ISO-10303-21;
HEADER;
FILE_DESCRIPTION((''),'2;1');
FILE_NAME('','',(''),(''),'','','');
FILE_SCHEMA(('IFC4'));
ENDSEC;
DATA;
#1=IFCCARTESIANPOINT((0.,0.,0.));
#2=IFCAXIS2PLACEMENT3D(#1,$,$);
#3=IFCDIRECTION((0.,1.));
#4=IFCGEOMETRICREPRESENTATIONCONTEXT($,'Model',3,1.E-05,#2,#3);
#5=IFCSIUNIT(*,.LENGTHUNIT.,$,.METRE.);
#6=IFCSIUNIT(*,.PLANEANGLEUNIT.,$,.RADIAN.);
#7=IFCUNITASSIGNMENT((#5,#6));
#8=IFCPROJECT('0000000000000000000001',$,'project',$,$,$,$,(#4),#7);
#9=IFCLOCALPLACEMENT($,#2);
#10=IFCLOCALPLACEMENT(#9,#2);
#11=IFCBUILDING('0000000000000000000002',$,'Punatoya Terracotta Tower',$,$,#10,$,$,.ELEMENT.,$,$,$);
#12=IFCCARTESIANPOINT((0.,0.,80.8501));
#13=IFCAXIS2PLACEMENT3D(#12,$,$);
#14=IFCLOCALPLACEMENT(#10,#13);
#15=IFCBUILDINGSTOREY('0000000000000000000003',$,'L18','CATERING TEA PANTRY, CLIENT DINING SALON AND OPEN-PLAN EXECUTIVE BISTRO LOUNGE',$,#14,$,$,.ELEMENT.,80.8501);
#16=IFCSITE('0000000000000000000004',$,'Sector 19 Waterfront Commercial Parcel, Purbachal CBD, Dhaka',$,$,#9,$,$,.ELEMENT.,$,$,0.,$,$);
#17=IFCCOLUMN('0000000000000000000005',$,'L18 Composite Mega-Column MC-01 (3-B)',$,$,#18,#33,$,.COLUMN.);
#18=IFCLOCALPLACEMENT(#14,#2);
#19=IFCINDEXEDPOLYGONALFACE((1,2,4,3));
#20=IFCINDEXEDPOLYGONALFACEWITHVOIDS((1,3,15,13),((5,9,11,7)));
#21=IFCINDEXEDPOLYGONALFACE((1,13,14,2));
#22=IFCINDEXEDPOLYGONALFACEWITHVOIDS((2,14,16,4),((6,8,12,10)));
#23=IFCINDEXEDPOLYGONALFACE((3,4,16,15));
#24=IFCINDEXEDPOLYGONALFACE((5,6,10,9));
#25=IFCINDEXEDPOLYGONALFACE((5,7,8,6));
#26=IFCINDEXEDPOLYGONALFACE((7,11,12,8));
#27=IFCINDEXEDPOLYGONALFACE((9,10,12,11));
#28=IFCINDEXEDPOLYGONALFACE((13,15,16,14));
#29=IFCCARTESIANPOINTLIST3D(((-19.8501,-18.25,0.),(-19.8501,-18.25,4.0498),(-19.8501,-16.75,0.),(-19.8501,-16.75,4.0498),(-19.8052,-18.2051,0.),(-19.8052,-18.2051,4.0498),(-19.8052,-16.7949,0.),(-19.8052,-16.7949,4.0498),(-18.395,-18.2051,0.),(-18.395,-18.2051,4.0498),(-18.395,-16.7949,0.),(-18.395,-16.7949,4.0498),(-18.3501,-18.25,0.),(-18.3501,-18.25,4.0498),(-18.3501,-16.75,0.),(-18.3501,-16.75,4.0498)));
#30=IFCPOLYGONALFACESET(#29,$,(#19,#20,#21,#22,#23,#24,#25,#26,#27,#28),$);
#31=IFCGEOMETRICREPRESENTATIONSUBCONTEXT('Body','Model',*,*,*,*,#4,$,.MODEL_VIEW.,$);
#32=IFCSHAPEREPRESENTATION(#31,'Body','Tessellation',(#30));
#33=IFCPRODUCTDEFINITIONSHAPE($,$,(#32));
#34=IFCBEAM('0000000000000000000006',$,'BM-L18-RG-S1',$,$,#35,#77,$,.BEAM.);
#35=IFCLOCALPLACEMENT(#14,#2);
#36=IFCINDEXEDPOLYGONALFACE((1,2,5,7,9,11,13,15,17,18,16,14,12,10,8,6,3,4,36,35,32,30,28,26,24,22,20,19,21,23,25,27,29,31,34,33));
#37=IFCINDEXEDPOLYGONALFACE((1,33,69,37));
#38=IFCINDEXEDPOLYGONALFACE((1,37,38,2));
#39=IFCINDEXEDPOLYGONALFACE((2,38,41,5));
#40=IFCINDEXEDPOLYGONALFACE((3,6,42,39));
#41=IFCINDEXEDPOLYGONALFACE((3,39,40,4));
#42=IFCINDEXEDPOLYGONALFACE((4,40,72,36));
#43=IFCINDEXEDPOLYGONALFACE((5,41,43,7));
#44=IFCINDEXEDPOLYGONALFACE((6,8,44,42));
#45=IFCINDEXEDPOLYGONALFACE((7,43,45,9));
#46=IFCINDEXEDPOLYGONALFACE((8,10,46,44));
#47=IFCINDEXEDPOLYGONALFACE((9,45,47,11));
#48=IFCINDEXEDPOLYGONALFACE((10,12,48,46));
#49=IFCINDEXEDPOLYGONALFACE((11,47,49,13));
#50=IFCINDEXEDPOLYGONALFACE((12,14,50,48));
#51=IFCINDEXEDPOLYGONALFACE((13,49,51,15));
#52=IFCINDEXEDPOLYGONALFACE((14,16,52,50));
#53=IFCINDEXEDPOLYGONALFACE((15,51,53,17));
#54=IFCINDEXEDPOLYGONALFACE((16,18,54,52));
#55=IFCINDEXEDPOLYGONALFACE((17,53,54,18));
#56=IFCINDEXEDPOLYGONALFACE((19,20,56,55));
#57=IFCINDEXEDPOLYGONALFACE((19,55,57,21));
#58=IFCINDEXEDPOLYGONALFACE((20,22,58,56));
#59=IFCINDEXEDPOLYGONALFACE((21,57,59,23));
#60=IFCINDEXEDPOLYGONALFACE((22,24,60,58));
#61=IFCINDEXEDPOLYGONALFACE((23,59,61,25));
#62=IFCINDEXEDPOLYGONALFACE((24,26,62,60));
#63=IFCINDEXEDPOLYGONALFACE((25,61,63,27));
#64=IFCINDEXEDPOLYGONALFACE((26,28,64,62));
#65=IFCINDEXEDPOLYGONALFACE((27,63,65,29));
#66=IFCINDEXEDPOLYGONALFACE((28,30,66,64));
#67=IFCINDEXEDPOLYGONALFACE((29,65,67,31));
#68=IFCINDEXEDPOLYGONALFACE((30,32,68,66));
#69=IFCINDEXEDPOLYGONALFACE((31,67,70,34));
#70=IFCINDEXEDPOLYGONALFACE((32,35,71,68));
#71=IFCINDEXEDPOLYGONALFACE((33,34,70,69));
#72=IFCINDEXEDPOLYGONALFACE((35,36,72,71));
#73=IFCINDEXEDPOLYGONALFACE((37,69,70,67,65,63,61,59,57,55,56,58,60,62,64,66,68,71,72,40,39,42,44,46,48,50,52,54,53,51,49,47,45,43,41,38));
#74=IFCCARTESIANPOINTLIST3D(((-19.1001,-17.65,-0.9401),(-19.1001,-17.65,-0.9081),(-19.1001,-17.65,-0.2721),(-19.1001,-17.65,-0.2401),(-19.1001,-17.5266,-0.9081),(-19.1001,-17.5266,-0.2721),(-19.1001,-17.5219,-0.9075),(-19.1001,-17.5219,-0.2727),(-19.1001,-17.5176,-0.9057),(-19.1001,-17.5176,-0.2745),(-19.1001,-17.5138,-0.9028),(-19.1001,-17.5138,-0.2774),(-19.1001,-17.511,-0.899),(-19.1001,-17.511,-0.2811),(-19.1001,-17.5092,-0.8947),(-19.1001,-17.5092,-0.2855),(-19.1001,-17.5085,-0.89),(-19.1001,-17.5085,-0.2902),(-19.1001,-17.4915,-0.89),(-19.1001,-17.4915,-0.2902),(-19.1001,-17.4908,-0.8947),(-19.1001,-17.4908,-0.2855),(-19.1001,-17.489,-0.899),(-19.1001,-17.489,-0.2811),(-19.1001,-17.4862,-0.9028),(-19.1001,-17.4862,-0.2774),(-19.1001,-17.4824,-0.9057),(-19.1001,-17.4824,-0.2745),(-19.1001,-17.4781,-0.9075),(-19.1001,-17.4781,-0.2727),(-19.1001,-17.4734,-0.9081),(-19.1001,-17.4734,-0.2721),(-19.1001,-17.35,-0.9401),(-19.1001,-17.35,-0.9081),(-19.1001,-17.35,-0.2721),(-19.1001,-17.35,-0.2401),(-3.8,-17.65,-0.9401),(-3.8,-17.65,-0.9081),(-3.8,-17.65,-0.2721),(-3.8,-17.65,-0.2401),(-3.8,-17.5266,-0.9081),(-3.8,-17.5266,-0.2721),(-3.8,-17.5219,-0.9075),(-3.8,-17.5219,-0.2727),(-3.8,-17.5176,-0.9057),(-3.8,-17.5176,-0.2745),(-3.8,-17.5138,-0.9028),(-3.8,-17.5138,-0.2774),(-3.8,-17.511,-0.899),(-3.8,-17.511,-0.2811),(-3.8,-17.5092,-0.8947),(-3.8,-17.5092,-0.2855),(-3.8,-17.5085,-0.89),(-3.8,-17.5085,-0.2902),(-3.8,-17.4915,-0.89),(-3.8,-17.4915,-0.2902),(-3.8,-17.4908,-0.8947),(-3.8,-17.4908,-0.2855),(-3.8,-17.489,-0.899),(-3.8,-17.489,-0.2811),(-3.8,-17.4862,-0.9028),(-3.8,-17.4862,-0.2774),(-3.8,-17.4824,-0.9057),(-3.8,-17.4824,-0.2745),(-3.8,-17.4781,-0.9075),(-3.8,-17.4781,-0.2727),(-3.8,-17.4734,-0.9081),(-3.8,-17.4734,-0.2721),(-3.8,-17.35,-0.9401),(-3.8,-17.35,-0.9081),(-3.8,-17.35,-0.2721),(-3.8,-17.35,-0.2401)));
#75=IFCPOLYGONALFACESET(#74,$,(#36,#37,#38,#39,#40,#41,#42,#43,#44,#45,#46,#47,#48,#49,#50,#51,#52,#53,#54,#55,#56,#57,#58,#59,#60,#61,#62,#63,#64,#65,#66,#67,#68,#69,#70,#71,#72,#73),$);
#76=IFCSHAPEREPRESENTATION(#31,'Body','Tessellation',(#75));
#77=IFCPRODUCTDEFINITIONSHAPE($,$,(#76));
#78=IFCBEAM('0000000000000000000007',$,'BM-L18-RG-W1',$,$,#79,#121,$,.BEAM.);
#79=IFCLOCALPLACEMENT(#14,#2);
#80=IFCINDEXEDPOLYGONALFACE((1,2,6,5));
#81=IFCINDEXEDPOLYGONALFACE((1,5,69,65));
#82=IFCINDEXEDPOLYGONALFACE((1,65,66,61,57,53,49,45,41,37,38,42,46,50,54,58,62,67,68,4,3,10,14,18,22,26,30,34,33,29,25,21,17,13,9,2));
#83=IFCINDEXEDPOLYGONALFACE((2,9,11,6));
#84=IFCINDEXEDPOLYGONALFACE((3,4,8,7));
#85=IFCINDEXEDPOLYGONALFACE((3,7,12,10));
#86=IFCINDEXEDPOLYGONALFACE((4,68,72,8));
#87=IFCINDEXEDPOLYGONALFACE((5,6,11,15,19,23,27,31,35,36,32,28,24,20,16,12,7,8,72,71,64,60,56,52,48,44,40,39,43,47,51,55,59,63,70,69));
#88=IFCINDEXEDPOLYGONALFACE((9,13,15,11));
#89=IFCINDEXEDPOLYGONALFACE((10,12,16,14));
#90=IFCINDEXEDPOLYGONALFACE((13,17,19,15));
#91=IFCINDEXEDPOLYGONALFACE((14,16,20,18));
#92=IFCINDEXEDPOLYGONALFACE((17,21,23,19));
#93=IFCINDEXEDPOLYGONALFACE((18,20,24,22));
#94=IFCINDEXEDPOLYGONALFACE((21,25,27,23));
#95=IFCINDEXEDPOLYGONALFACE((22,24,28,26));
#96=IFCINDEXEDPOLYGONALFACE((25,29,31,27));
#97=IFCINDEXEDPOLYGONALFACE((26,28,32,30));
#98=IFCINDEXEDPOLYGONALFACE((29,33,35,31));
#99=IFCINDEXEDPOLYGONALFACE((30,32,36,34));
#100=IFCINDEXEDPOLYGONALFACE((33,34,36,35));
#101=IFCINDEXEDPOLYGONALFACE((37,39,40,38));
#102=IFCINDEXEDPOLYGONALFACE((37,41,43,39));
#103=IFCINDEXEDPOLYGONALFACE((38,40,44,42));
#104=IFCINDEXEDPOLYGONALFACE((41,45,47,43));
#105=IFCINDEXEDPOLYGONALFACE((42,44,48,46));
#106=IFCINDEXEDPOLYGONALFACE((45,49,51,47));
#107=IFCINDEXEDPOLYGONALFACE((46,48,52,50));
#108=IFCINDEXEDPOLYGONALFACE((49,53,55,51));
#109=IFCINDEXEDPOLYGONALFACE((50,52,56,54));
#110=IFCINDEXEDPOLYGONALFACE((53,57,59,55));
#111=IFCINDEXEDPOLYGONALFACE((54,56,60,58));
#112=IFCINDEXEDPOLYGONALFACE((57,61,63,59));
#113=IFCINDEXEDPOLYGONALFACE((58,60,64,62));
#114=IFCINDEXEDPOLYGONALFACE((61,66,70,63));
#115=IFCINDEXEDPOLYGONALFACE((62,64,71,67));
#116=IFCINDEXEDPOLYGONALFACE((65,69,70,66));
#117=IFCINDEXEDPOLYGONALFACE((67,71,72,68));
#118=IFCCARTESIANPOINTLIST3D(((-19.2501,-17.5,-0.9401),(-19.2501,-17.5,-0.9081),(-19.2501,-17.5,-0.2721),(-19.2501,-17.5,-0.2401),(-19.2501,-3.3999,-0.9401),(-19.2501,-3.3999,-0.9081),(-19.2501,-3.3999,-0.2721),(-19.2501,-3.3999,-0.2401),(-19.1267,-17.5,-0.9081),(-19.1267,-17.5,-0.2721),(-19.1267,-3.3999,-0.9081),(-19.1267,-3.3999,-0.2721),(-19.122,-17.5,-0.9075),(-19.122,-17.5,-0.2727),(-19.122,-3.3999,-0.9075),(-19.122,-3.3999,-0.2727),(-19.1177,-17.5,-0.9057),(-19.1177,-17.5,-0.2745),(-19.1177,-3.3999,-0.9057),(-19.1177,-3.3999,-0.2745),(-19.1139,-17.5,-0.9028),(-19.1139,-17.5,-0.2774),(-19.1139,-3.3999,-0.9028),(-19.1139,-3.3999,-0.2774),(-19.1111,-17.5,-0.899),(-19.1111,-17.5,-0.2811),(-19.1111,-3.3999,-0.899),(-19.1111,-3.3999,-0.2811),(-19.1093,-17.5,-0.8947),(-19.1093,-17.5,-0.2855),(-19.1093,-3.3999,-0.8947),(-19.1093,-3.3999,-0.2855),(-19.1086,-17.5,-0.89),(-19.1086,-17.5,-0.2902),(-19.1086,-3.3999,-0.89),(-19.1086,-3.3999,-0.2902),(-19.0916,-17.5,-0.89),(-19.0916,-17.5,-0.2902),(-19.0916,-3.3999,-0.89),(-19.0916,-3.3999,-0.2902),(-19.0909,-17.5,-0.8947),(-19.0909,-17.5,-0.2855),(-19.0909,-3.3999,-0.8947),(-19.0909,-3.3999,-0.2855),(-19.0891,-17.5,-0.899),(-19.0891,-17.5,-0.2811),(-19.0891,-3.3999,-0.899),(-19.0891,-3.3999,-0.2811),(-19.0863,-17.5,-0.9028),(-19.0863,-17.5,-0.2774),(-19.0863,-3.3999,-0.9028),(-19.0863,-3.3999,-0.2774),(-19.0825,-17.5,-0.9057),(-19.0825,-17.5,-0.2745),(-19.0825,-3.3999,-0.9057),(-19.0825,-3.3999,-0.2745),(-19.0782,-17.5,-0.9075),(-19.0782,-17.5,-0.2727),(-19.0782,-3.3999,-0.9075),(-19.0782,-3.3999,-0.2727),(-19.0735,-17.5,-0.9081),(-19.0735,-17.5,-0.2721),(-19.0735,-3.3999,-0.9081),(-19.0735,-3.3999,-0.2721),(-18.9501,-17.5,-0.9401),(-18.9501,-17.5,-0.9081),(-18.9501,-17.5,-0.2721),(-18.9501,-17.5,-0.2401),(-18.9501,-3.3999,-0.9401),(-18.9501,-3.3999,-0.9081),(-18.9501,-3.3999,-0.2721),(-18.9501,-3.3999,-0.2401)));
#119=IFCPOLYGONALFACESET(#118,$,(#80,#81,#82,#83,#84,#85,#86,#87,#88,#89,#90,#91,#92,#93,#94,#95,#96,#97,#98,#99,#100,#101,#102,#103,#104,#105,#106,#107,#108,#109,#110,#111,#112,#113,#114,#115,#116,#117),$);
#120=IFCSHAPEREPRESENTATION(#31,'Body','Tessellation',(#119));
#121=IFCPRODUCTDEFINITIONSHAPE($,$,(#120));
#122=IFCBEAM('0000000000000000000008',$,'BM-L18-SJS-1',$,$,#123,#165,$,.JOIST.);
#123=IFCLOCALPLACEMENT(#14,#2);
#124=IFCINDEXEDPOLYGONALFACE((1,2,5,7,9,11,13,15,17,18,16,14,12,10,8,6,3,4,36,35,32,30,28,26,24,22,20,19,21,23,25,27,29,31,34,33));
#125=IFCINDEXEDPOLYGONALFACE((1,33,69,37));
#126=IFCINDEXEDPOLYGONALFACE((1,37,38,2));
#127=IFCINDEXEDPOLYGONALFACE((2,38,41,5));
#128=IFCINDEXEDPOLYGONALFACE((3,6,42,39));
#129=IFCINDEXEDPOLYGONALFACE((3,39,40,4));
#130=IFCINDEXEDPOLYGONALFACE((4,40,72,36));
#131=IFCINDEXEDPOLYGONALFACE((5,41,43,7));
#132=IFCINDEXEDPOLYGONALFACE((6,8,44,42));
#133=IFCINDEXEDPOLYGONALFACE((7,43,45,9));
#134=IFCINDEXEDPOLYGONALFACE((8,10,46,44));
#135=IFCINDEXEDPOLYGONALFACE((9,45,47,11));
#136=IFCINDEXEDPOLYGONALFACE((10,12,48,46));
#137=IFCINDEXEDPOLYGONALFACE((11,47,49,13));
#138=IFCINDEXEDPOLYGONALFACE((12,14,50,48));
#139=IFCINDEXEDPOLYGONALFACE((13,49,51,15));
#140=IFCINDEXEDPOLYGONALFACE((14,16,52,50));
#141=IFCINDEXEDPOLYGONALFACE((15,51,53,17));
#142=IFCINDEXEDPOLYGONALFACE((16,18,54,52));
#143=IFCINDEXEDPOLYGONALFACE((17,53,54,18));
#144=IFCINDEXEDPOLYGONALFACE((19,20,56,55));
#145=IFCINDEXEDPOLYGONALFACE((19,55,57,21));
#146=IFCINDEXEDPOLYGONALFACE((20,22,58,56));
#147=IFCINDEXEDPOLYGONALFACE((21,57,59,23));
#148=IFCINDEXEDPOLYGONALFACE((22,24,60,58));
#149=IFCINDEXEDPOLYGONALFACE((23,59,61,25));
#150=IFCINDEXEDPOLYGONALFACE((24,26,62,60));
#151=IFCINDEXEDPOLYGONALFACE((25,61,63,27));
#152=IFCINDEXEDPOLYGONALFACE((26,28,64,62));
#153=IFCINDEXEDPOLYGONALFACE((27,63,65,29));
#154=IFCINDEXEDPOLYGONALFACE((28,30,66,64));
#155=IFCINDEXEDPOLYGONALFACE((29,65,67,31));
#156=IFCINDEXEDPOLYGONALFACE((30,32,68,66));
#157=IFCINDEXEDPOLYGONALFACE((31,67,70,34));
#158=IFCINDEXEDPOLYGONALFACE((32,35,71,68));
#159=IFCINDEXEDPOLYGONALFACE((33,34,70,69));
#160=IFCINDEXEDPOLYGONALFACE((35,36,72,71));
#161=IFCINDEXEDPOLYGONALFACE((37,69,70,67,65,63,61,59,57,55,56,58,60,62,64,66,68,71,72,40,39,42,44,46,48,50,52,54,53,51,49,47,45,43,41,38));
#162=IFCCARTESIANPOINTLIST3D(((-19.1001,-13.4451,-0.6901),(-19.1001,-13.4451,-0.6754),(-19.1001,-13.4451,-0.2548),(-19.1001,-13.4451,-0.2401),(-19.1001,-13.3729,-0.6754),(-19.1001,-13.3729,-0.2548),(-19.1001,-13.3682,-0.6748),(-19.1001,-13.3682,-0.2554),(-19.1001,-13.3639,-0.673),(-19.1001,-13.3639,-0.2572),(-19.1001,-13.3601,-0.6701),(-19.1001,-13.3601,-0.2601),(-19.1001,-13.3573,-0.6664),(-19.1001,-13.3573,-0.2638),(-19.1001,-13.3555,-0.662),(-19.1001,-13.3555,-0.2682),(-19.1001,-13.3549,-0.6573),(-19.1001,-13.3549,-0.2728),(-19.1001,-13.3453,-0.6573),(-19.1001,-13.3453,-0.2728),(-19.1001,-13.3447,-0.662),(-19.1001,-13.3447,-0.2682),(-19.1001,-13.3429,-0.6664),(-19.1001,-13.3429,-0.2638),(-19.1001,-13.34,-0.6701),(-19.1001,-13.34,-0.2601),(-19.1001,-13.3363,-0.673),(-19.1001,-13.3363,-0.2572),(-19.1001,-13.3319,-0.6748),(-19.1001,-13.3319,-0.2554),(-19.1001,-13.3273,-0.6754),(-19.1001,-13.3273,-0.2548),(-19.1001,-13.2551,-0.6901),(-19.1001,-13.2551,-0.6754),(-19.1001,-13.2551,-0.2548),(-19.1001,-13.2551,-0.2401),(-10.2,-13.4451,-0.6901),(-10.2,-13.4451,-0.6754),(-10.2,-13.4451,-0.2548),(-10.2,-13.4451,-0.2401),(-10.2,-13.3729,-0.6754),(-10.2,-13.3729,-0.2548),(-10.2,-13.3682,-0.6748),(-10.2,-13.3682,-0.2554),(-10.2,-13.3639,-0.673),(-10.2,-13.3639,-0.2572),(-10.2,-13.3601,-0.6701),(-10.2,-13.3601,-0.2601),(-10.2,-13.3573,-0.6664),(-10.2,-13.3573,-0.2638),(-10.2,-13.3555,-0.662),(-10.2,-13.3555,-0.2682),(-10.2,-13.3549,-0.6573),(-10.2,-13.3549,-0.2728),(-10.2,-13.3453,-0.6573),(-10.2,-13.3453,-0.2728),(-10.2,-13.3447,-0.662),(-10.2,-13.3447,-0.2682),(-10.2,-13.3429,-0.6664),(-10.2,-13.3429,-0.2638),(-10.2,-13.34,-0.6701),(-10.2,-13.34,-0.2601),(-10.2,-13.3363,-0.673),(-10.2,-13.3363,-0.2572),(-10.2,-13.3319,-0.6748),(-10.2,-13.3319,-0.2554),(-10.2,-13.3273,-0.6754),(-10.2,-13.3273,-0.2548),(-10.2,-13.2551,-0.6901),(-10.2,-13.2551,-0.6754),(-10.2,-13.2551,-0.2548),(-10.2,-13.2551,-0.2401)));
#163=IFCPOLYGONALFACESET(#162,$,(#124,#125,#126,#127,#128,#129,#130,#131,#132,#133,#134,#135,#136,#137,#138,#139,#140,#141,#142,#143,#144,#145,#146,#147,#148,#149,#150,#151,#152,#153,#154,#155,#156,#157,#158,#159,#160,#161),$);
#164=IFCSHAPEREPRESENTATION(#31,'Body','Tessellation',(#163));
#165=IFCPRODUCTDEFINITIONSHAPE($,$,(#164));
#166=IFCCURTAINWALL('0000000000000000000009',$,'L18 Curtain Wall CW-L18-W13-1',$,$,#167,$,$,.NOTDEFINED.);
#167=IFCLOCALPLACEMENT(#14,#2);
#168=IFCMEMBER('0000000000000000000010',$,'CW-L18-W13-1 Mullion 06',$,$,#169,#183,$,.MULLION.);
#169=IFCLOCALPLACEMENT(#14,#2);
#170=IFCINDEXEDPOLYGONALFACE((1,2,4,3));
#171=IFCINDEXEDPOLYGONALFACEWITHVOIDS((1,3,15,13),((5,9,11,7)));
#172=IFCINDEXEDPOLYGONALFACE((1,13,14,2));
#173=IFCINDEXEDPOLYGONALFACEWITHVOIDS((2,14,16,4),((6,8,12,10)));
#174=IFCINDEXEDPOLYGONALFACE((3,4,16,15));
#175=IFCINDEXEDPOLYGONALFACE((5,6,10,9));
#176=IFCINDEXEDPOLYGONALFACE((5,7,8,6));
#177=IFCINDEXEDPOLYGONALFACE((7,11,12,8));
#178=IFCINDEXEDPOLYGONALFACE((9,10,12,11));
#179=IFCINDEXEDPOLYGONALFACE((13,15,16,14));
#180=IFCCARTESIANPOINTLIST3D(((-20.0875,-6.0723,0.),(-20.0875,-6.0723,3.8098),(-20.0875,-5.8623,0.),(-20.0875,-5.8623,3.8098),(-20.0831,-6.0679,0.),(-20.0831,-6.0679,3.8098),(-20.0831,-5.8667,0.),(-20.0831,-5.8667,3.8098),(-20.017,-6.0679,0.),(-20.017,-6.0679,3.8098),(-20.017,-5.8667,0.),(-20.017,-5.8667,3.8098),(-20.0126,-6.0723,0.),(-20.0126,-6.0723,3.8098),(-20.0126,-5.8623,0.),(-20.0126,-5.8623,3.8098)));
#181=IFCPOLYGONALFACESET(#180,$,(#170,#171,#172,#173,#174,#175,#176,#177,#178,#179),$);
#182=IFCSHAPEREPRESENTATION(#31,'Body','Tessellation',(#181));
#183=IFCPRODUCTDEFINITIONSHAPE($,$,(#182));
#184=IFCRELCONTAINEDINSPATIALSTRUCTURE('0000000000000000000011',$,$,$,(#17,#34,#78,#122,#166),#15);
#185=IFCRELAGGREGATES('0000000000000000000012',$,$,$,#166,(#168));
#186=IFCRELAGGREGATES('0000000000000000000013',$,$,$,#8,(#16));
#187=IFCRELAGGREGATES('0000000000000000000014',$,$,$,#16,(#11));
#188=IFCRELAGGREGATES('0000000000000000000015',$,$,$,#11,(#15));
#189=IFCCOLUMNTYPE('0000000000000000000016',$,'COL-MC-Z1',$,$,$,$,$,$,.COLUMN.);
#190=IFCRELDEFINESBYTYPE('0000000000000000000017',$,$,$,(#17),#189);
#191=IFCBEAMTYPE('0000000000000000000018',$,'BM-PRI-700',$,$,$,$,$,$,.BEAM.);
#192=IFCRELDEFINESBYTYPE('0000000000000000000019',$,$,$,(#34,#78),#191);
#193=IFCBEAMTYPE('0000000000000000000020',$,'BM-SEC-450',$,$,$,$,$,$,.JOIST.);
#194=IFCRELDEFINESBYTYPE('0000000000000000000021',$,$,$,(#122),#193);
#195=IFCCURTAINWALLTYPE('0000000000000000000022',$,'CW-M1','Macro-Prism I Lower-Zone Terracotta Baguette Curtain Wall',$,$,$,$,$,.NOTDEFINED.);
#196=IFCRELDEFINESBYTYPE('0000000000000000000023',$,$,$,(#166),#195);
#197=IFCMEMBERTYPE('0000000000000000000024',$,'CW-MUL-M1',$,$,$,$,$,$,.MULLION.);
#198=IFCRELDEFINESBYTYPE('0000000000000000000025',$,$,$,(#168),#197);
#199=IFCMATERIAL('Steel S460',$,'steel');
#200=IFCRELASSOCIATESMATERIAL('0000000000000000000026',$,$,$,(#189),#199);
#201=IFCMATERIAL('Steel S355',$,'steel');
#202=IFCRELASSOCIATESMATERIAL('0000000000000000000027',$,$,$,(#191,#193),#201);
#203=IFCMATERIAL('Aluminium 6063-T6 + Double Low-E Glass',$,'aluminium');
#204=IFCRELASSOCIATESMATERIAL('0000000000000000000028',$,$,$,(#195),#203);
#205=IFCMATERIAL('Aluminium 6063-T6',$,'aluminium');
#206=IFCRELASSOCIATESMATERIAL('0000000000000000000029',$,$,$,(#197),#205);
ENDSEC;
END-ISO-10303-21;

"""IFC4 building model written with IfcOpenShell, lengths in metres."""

from ifc_helpers import new_model, si_unit, direction, frame, origin, origin_2d, place, context, subcontext, project, spatial, hollow_rectangle, i_section, extrude, material, material_profile, profile_set, type_object, element, aggregate, save


model = new_model("IFC4")

# Units and contexts
model_context = context("Model", 3, precision=1e-05, world=origin(), true_north=direction((0.0, 1.0)))
body_context = subcontext(model_context, "Body", "Model", "MODEL_VIEW")
ifc_project = project(units=[si_unit("LENGTHUNIT", "METRE"), si_unit("PLANEANGLEUNIT", "RADIAN")], contexts=[model_context])

# Site, building, storey
site_placement = place(None, origin())
site = spatial("IfcSite", under=ifc_project, at=site_placement, Name="Sector 19 Waterfront Commercial Parcel, Purbachal CBD, Dhaka", CompositionType="ELEMENT", RefElevation=0.0)
building_placement = place(site_placement, origin())
building = spatial("IfcBuilding", under=site, at=building_placement, Name="Punatoya Terracotta Tower", CompositionType="ELEMENT")
storey_placement = place(building_placement, frame((0.0, 0.0, 80.8501)))
storey = spatial("IfcBuildingStorey", under=building, at=storey_placement, Name="L18", Description="CATERING TEA PANTRY, CLIENT DINING SALON AND OPEN-PLAN EXECUTIVE BISTRO LOUNGE", CompositionType="ELEMENT", Elevation=80.8501)

# Column
ifc_material_1 = material(Name="Steel S460", Category="steel")
ifc_material_profile_1 = material_profile(ifc_material_1, hollow_rectangle(XDim=1.5, YDim=1.5, WallThickness=0.0449, at=origin_2d()))
ifc_profile_set_1 = profile_set([ifc_material_profile_1], Name="Steel S460")
column_type = type_object("IfcColumnType", Name="COL-MC-Z1", PredefinedType="COLUMN", material=ifc_profile_set_1)
column_placement = place(storey_placement, frame((-19.1001, -17.5, 0.0), z_axis=(0.0, 0.0, 1.0), x_axis=(1.0, 0.0, 0.0)))
element("IfcColumn", 1, at=column_placement, inside=storey, type_object=column_type, Name="L18 Composite Mega-Column MC-01 (3-B)", PredefinedType="COLUMN", context=body_context, shape_type="SweptSolid", body=[
    extrude(hollow_rectangle(XDim=1.5, YDim=1.5, WallThickness=0.0449, at=origin_2d()), origin(), (0.0, 0.0, 1.0), 4.0498),
])

# Beams
ifc_material_2 = material(Name="Steel S355", Category="steel")
ifc_material_profile_2 = material_profile(ifc_material_2, i_section(OverallWidth=0.3, OverallDepth=0.7, WebThickness=0.0171, FlangeThickness=0.032, FilletRadius=0.0181, at=origin_2d()))
ifc_profile_set_2 = profile_set([ifc_material_profile_2], Name="Steel S355")
beam_type_1 = type_object("IfcBeamType", Name="BM-PRI-700", PredefinedType="BEAM", material=ifc_profile_set_2)
beam_1_placement = place(storey_placement, frame((-19.1001, -17.5, -0.5901), z_axis=(1.0, 0.0, 0.0), x_axis=(0.0, 1.0, 0.0)))
element("IfcBeam", 2, at=beam_1_placement, inside=storey, type_object=beam_type_1, Name="BM-L18-RG-S1", PredefinedType="BEAM", context=body_context, shape_type="SweptSolid", body=[
    extrude(i_section(OverallWidth=0.3, OverallDepth=0.7, WebThickness=0.0171, FlangeThickness=0.032, FilletRadius=0.0181, at=origin_2d()), origin(), (0.0, 0.0, 1.0), 15.3),
])
beam_2_placement = place(storey_placement, frame((-19.1001, -17.5, -0.5901), z_axis=(0.0, 1.0, 0.0), x_axis=(-1.0, 0.0, 0.0)))
element("IfcBeam", 3, at=beam_2_placement, inside=storey, type_object=beam_type_1, Name="BM-L18-RG-W1", PredefinedType="BEAM", context=body_context, shape_type="SweptSolid", body=[
    extrude(i_section(OverallWidth=0.3, OverallDepth=0.7, WebThickness=0.0171, FlangeThickness=0.032, FilletRadius=0.0181, at=origin_2d()), origin(), (0.0, 0.0, 1.0), 14.1001),
])
ifc_material_profile_3 = material_profile(ifc_material_2, i_section(OverallWidth=0.1899, OverallDepth=0.45, WebThickness=0.0095, FlangeThickness=0.0146, FilletRadius=0.0181, at=origin_2d()))
ifc_profile_set_3 = profile_set([ifc_material_profile_3], Name="Steel S355")
beam_type_2 = type_object("IfcBeamType", Name="BM-SEC-450", PredefinedType="JOIST", material=ifc_profile_set_3)
beam_3_placement = place(storey_placement, frame((-19.1001, -13.3501, -0.4651), z_axis=(1.0, 0.0, 0.0), x_axis=(0.0, 1.0, 0.0)))
element("IfcBeam", 4, at=beam_3_placement, inside=storey, type_object=beam_type_2, Name="BM-L18-SJS-1", PredefinedType="JOIST", context=body_context, shape_type="SweptSolid", body=[
    extrude(i_section(OverallWidth=0.1899, OverallDepth=0.45, WebThickness=0.0095, FlangeThickness=0.0146, FilletRadius=0.0181, at=origin_2d()), origin(), (0.0, 0.0, 1.0), 8.9001),
])

# Curtain wall, member
ifc_material_3 = material(Name="Aluminium 6063-T6 + Double Low-E Glass", Category="aluminium")
curtain_wall_type = type_object("IfcCurtainWallType", Name="CW-M1", Description="Macro-Prism I Lower-Zone Terracotta Baguette Curtain Wall", PredefinedType="NOTDEFINED", material=ifc_material_3)
curtain_wall_1_placement = place(storey_placement, origin())
curtain_wall_1 = element("IfcCurtainWall", 5, at=curtain_wall_1_placement, inside=storey, type_object=curtain_wall_type, Name="L18 Curtain Wall CW-L18-W13-1", PredefinedType="NOTDEFINED")
ifc_material_4 = material(Name="Aluminium 6063-T6", Category="aluminium")
ifc_material_profile_4 = material_profile(ifc_material_4, hollow_rectangle(XDim=0.075, YDim=0.21, WallThickness=0.0044, at=origin_2d()))
ifc_profile_set_4 = profile_set([ifc_material_profile_4], Name="Aluminium 6063-T6")
member_type_1 = type_object("IfcMemberType", Name="CW-MUL-M1", PredefinedType="MULLION", material=ifc_profile_set_4)
member_1_placement = place(storey_placement, frame((-20.05, -5.9673, 0.0), z_axis=(0.0, 0.0, 1.0), x_axis=(1.0, 0.0, 0.0)))
member_1 = element("IfcMember", 6, at=member_1_placement, type_object=member_type_1, Name="CW-L18-W13-1 Mullion 06", PredefinedType="MULLION", context=body_context, shape_type="SweptSolid", body=[
    extrude(hollow_rectangle(XDim=0.075, YDim=0.21, WallThickness=0.0044, at=origin_2d()), origin(), (0.0, 0.0, 1.0), 3.8098),
])

aggregate(curtain_wall_1, [member_1])

save(model, "model.ifc")
